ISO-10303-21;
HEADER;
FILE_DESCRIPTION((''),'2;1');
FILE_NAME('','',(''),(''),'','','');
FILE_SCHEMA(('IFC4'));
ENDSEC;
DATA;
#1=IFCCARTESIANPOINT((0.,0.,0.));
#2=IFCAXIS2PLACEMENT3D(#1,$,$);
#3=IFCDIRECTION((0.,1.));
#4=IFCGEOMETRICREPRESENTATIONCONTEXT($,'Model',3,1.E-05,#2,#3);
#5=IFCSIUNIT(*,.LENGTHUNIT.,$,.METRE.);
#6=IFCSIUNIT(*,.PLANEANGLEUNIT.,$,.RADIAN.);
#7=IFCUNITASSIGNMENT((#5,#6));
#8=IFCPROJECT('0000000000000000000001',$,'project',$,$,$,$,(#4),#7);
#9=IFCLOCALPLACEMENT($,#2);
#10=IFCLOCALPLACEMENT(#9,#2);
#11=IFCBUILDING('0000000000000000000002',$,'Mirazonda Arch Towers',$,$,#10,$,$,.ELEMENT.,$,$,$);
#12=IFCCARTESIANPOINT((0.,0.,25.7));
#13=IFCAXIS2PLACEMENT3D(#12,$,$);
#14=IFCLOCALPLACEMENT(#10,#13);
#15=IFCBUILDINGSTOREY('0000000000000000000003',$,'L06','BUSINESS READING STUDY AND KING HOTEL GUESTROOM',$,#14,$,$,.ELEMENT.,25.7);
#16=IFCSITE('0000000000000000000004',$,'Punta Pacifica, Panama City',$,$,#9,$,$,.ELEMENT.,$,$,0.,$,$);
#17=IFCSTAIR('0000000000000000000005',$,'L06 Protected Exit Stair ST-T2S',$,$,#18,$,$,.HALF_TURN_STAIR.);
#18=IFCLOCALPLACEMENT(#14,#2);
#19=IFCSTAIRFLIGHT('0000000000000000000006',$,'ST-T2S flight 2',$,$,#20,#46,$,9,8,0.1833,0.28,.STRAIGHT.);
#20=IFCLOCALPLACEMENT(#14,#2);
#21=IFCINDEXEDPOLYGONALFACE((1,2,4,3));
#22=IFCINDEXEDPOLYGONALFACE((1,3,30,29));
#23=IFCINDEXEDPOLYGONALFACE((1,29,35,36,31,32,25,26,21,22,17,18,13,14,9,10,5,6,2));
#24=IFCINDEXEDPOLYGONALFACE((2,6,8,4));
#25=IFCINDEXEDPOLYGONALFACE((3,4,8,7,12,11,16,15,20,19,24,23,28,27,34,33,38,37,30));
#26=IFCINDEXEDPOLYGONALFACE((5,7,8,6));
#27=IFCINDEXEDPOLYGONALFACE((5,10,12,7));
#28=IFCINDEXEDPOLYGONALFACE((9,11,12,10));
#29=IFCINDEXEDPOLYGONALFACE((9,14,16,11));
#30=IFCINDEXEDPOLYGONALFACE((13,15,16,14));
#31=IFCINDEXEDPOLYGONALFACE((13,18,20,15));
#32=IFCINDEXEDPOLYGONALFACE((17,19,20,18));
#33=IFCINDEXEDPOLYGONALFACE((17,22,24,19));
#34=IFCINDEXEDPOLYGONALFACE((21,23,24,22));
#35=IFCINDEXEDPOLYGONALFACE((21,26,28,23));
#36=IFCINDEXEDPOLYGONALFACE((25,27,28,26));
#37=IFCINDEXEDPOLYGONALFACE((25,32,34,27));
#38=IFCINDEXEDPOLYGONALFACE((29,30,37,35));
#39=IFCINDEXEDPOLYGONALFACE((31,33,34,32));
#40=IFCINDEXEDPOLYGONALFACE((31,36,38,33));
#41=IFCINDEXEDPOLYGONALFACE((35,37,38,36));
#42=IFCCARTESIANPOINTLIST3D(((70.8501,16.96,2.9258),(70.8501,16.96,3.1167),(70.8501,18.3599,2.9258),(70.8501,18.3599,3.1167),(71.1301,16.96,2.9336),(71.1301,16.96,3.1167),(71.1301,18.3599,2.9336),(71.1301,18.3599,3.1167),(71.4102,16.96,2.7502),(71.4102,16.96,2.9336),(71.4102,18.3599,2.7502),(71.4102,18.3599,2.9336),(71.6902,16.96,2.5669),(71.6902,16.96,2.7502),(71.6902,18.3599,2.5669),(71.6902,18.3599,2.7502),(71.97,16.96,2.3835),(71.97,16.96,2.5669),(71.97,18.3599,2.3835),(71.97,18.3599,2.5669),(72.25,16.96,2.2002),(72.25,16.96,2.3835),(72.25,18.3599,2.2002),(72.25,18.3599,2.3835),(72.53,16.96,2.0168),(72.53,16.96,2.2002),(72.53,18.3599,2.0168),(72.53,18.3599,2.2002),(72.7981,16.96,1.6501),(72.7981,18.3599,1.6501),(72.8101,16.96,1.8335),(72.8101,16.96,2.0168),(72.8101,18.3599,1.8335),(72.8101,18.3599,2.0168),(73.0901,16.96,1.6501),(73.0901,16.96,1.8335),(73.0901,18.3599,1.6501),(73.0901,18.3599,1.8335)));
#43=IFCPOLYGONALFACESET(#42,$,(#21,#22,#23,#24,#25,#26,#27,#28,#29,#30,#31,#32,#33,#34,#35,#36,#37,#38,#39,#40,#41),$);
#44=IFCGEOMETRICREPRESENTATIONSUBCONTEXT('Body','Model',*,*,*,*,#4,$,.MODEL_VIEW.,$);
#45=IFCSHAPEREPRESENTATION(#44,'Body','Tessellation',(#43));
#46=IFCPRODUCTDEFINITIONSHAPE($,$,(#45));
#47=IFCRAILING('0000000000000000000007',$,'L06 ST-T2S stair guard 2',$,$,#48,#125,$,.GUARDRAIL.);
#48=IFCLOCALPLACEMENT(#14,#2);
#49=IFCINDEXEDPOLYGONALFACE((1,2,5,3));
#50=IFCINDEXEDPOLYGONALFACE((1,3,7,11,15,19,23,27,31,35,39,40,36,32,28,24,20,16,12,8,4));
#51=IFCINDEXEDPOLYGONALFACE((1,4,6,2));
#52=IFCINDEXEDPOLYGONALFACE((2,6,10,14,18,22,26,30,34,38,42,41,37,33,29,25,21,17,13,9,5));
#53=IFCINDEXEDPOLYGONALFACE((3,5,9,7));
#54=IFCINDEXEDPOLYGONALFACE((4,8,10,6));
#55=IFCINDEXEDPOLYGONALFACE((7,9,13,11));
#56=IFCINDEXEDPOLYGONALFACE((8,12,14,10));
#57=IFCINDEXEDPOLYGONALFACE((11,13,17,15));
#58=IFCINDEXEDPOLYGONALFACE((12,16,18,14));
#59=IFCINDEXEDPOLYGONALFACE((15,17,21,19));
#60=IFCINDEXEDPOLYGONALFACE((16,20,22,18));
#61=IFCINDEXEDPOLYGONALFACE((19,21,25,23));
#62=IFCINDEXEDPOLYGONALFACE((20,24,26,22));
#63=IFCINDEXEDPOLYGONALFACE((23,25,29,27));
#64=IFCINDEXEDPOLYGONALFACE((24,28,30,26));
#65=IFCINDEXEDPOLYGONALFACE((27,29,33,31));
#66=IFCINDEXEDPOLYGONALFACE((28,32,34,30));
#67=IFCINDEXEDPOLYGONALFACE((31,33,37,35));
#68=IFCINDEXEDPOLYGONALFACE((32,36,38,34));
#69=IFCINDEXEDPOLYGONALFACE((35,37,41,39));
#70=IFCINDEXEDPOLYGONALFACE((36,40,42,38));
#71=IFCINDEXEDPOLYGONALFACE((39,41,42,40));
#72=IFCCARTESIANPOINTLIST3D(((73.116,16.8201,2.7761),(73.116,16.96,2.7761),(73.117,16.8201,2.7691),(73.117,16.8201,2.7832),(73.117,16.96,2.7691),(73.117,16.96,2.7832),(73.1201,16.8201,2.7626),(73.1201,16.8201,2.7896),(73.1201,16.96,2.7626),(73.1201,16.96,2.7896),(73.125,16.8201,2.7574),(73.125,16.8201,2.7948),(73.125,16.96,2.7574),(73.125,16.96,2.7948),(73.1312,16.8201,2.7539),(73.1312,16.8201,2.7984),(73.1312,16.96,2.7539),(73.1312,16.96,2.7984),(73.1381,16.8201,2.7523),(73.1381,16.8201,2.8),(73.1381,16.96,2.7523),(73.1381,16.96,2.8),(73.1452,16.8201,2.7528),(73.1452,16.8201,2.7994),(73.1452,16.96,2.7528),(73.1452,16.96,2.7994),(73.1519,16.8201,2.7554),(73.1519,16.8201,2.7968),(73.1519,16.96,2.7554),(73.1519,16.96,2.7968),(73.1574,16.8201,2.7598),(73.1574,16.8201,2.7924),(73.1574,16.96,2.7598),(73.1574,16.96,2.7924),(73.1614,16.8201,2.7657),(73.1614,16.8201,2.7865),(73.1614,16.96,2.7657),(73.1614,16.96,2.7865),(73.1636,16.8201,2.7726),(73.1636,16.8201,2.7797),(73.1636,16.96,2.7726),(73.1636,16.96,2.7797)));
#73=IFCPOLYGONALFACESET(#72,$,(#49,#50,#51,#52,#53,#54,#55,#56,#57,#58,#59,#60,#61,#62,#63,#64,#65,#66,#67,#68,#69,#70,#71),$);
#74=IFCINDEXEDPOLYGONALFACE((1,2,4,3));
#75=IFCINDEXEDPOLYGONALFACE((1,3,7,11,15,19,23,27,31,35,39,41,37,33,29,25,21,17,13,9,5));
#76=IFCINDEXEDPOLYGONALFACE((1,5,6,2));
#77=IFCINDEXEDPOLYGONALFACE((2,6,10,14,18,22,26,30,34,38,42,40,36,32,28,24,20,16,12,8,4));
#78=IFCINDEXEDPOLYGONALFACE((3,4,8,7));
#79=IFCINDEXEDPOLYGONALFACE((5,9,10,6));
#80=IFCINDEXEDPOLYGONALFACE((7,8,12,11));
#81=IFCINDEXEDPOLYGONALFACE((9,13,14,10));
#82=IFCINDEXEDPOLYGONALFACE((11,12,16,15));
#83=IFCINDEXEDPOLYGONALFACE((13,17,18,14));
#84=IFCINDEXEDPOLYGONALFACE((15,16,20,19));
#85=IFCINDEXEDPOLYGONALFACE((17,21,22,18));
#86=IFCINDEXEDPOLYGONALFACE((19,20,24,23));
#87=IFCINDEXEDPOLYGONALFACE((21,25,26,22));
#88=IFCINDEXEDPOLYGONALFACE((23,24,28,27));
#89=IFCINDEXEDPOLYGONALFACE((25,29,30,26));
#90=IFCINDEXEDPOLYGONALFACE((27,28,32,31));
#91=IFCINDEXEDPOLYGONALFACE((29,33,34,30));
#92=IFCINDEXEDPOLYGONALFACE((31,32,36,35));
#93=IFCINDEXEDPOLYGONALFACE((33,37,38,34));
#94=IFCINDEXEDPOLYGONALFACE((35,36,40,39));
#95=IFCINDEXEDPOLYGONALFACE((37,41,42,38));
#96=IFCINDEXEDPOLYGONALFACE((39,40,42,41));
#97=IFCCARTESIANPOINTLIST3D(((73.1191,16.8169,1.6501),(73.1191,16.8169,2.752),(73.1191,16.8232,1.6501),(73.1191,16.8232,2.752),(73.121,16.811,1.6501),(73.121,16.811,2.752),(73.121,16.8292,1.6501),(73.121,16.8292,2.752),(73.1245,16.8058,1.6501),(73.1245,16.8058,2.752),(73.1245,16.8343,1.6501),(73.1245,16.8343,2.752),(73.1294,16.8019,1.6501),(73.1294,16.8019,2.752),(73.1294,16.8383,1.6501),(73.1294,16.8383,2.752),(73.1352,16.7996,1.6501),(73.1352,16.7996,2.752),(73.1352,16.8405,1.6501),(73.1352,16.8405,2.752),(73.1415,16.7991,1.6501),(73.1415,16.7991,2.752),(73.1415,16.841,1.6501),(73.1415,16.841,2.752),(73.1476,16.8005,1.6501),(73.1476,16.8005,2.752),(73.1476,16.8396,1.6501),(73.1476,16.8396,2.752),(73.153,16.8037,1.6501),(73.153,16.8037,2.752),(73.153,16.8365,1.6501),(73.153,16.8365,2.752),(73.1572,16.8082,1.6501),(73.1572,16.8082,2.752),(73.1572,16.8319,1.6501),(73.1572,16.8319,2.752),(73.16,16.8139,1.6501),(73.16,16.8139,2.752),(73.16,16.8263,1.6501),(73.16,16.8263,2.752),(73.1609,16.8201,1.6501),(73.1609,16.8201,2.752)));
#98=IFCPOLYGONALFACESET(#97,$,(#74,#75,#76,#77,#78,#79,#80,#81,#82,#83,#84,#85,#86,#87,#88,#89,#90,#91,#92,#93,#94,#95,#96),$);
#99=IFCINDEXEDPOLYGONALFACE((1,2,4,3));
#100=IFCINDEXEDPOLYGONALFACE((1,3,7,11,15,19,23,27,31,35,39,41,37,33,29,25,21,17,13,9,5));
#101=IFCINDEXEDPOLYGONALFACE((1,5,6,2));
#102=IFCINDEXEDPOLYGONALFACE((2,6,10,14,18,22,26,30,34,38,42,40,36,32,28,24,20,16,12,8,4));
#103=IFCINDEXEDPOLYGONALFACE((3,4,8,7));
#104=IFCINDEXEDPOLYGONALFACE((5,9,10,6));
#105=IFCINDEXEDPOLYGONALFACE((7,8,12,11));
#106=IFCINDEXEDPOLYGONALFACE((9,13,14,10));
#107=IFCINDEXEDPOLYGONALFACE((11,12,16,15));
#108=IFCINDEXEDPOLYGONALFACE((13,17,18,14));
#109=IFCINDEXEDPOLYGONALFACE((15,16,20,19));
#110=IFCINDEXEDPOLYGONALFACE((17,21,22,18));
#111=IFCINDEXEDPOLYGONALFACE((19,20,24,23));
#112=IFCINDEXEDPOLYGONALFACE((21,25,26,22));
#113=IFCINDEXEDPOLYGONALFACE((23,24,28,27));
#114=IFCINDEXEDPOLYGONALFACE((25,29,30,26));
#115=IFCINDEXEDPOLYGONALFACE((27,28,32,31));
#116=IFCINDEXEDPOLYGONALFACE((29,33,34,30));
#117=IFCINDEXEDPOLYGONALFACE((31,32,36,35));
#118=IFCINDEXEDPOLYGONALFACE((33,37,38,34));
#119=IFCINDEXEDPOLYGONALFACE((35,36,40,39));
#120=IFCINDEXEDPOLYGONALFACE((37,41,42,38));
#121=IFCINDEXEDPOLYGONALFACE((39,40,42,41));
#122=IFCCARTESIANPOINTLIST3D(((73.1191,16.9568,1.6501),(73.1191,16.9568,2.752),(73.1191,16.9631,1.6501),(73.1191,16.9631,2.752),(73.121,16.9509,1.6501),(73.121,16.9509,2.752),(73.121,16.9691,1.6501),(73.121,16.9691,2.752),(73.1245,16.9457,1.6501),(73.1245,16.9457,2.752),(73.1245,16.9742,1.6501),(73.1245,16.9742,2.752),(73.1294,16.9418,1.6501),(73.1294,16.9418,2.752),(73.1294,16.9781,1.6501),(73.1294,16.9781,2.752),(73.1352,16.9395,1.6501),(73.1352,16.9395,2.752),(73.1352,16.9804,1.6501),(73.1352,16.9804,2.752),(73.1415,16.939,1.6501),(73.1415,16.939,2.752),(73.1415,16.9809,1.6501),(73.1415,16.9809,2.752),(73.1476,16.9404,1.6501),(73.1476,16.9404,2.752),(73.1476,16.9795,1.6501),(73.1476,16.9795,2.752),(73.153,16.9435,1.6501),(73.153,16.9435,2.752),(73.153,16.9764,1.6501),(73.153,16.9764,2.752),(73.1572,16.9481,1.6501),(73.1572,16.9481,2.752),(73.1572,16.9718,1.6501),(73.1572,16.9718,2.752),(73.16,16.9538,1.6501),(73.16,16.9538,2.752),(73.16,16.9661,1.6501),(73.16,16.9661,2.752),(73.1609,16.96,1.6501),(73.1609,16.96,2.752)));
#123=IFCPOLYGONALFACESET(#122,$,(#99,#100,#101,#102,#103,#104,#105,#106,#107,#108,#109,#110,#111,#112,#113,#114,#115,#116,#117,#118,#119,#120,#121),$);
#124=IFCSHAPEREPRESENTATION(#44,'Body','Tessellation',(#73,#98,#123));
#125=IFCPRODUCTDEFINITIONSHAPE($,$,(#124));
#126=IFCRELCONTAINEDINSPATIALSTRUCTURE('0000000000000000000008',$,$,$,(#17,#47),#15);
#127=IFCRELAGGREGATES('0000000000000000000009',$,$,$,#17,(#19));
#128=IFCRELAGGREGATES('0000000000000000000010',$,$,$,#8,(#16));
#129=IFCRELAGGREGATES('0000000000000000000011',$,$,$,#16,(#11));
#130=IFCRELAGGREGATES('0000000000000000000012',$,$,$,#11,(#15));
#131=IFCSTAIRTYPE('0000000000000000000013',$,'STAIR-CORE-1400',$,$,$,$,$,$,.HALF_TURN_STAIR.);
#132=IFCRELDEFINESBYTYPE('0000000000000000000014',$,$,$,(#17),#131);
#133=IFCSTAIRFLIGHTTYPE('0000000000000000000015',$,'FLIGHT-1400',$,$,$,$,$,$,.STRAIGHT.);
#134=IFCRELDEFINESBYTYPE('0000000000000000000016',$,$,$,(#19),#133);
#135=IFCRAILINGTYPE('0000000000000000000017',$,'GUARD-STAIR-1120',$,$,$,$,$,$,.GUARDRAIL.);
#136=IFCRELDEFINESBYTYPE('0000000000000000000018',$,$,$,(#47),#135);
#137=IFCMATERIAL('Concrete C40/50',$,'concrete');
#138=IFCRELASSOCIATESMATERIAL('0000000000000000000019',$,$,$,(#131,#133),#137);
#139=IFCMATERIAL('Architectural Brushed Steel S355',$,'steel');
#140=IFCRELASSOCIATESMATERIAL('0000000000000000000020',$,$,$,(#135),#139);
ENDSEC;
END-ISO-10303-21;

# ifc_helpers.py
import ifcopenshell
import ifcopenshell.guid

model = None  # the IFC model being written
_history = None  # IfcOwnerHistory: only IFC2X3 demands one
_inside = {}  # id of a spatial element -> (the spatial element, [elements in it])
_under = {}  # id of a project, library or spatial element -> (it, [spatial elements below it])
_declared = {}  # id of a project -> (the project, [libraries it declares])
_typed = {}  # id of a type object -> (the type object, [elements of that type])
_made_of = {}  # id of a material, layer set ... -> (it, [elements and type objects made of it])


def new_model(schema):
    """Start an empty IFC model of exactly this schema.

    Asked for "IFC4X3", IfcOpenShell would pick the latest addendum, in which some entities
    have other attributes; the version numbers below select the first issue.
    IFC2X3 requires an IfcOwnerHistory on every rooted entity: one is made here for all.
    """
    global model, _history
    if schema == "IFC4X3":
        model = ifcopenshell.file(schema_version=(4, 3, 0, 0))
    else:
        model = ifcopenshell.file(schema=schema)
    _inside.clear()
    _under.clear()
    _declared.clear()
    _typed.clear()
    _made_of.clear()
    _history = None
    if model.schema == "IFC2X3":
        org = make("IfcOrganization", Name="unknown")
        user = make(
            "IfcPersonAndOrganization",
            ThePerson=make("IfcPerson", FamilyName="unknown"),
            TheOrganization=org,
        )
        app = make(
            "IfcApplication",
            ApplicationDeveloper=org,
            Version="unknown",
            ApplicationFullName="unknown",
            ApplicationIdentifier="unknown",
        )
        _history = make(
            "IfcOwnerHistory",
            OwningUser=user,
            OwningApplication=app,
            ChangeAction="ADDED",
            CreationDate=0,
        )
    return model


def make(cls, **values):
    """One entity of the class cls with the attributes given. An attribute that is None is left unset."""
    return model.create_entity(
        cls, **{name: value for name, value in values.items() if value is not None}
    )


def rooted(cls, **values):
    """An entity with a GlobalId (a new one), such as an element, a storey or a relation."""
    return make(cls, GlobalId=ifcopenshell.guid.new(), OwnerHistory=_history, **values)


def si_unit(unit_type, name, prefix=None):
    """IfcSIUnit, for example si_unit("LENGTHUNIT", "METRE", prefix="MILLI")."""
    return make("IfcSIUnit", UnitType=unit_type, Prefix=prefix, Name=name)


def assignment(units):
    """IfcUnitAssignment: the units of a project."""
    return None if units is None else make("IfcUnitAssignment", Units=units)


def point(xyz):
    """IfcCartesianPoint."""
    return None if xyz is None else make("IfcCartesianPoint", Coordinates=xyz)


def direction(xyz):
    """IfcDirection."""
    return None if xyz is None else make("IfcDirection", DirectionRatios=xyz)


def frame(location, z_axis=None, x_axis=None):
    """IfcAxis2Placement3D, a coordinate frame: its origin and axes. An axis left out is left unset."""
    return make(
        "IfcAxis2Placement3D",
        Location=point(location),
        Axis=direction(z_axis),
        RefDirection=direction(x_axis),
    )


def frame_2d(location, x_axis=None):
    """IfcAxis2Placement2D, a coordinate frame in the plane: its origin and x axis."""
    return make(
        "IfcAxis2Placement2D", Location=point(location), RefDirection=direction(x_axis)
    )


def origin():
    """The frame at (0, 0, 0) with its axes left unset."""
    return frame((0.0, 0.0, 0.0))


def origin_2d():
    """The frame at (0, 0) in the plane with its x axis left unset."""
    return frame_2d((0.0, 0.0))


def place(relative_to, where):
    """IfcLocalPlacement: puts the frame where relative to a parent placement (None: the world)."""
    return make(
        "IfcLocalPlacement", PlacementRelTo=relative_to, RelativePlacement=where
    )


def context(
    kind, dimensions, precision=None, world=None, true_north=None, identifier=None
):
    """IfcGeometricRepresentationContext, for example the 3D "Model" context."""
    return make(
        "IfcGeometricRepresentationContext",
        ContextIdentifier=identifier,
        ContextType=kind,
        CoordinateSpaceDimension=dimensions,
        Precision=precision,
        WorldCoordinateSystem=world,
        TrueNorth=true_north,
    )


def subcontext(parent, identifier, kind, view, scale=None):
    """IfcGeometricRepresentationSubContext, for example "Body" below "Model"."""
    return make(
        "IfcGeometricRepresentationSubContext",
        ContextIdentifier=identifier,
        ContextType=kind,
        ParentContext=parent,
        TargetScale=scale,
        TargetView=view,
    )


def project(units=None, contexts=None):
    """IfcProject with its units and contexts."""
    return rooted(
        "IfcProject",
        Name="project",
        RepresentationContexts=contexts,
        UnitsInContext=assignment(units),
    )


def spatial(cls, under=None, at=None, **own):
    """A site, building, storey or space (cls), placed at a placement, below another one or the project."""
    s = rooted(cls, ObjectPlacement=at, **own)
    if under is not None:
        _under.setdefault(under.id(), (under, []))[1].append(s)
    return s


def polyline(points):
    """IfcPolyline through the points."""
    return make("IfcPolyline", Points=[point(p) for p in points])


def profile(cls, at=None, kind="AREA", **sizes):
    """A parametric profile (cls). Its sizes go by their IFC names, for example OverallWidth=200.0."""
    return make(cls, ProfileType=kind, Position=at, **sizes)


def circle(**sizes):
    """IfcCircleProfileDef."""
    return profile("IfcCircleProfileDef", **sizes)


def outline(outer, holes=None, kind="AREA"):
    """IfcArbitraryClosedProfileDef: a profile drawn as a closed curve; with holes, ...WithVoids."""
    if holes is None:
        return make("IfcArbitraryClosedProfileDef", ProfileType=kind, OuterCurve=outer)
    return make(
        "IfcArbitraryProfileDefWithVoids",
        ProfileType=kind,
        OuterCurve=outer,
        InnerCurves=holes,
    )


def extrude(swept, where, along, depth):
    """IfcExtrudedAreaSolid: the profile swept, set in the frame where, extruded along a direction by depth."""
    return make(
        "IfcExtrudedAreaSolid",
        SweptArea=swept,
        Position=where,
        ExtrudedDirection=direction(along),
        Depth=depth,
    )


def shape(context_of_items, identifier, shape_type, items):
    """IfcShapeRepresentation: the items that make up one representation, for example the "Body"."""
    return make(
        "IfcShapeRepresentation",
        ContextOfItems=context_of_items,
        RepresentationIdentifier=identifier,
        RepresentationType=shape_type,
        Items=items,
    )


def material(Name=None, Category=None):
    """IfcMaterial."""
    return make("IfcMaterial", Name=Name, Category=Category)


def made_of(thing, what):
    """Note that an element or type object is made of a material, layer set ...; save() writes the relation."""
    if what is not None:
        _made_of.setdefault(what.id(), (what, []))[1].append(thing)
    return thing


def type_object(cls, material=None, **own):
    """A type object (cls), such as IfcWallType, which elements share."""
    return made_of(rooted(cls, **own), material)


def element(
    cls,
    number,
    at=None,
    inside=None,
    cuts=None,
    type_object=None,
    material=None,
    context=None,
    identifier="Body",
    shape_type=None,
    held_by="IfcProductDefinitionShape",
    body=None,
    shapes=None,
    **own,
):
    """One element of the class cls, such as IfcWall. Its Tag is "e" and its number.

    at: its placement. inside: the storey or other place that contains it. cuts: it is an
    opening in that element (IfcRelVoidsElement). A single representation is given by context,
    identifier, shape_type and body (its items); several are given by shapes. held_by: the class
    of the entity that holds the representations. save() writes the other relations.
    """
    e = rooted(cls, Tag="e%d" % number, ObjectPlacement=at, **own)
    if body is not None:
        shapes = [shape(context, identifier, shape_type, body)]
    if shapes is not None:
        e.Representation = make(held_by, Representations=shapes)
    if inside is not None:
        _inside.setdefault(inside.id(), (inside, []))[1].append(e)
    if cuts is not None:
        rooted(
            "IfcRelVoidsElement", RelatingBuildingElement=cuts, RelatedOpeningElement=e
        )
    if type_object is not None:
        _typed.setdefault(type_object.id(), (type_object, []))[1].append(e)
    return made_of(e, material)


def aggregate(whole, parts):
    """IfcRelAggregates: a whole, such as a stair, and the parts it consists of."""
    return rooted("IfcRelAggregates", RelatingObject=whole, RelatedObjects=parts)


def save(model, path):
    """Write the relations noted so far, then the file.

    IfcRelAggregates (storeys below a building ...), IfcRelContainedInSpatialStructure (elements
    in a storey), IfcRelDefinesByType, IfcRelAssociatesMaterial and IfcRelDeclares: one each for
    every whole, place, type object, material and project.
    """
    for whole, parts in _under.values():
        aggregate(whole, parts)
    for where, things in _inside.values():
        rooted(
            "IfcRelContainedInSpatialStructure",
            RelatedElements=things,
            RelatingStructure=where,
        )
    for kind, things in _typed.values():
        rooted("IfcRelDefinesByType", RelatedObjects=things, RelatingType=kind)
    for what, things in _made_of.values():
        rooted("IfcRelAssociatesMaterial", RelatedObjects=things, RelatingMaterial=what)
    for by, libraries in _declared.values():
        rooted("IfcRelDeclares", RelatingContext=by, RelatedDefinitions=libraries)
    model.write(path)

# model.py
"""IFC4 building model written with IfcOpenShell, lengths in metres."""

from ifc_helpers import new_model, si_unit, direction, frame, origin, origin_2d, place, context, subcontext, project, spatial, polyline, circle, outline, extrude, material, type_object, element, aggregate, save


model = new_model("IFC4")

# Units and contexts
model_context = context("Model", 3, precision=1e-05, world=origin(), true_north=direction((0.0, 1.0)))
body_context = subcontext(model_context, "Body", "Model", "MODEL_VIEW")
ifc_project = project(units=[si_unit("LENGTHUNIT", "METRE"), si_unit("PLANEANGLEUNIT", "RADIAN")], contexts=[model_context])

# Site, building, storey
site_placement = place(None, origin())
site = spatial("IfcSite", under=ifc_project, at=site_placement, Name="Punta Pacifica, Panama City", CompositionType="ELEMENT", RefElevation=0.0)
building_placement = place(site_placement, origin())
building = spatial("IfcBuilding", under=site, at=building_placement, Name="Mirazonda Arch Towers", CompositionType="ELEMENT")
storey_placement = place(building_placement, frame((0.0, 0.0, 25.7)))
storey = spatial("IfcBuildingStorey", under=building, at=storey_placement, Name="L06", Description="BUSINESS READING STUDY AND KING HOTEL GUESTROOM", CompositionType="ELEMENT", Elevation=25.7)

# Shared definitions
ifc_material_1 = material(Name="Concrete C40/50", Category="concrete")

# Stair, stair flight
stair_type = type_object("IfcStairType", Name="STAIR-CORE-1400", PredefinedType="HALF_TURN_STAIR", material=ifc_material_1)
stair_placement = place(storey_placement, origin())
stair = element("IfcStair", 1, at=stair_placement, inside=storey, type_object=stair_type, Name="L06 Protected Exit Stair ST-T2S", PredefinedType="HALF_TURN_STAIR")
stair_flight_type = type_object("IfcStairFlightType", Name="FLIGHT-1400", PredefinedType="STRAIGHT", material=ifc_material_1)
stair_flight_placement = place(storey_placement, frame((73.0901, 17.6599, 1.6501), z_axis=(0.0, 0.0, 1.0), x_axis=(-1.0, 0.0, 0.0)))
stair_flight = element("IfcStairFlight", 2, at=stair_flight_placement, type_object=stair_flight_type, Name="ST-T2S flight 2", NumberOfRisers=9, NumberOfTreads=8, PredefinedType="STRAIGHT", RiserHeight=0.1833, TreadLength=0.28, context=body_context, shape_type="SweptSolid", body=[
    extrude(outline(polyline([(0.0, 0.0), (0.0, 0.1833), (0.28, 0.1833), (0.28, 0.3667), (0.5601, 0.3667), (0.5601, 0.55), (0.8401, 0.55), (0.8401, 0.7334), (1.1201, 0.7334), (1.1201, 0.9167), (1.3999, 0.9167), (1.3999, 1.1001), (1.6799, 1.1001), (1.6799, 1.2834), (1.96, 1.2834), (1.96, 1.4666), (2.24, 1.4666), (2.24, 1.6499), (2.24, 1.2756), (0.292, 0.0), (0.0, 0.0)])), frame((0.0, 0.7, 0.0), z_axis=(0.0, -1.0, 0.0), x_axis=(1.0, 0.0, 0.0)), (0.0, 0.0, 1.0), 1.3999),
])
aggregate(stair, [stair_flight])

# Railing
ifc_material_2 = material(Name="Architectural Brushed Steel S355", Category="steel")
railing_type_1 = type_object("IfcRailingType", Name="GUARD-STAIR-1120", PredefinedType="GUARDRAIL", material=ifc_material_2)
railing_1_placement = place(storey_placement, frame((73.1399, 16.8201, 1.6501)))
element("IfcRailing", 3, at=railing_1_placement, inside=storey, type_object=railing_type_1, Name="L06 ST-T2S stair guard 2", PredefinedType="GUARDRAIL", context=body_context, shape_type="SweptSolid", body=[
    extrude(circle(Radius=0.0239, at=origin_2d()), frame((0.0, 0.0, 1.126), z_axis=(0.0, 1.0, 0.0), x_axis=(-1.0, 0.0, 0.0)), (0.0, 0.0, 1.0), 0.1399),
    extrude(circle(Radius=0.021, at=origin_2d()), origin(), (0.0, 0.0, 1.0), 1.1018),
    extrude(circle(Radius=0.021, at=origin_2d()), frame((0.0, 0.1399, 0.0)), (0.0, 0.0, 1.0), 1.1018),
])

save(model, "model.ifc")
